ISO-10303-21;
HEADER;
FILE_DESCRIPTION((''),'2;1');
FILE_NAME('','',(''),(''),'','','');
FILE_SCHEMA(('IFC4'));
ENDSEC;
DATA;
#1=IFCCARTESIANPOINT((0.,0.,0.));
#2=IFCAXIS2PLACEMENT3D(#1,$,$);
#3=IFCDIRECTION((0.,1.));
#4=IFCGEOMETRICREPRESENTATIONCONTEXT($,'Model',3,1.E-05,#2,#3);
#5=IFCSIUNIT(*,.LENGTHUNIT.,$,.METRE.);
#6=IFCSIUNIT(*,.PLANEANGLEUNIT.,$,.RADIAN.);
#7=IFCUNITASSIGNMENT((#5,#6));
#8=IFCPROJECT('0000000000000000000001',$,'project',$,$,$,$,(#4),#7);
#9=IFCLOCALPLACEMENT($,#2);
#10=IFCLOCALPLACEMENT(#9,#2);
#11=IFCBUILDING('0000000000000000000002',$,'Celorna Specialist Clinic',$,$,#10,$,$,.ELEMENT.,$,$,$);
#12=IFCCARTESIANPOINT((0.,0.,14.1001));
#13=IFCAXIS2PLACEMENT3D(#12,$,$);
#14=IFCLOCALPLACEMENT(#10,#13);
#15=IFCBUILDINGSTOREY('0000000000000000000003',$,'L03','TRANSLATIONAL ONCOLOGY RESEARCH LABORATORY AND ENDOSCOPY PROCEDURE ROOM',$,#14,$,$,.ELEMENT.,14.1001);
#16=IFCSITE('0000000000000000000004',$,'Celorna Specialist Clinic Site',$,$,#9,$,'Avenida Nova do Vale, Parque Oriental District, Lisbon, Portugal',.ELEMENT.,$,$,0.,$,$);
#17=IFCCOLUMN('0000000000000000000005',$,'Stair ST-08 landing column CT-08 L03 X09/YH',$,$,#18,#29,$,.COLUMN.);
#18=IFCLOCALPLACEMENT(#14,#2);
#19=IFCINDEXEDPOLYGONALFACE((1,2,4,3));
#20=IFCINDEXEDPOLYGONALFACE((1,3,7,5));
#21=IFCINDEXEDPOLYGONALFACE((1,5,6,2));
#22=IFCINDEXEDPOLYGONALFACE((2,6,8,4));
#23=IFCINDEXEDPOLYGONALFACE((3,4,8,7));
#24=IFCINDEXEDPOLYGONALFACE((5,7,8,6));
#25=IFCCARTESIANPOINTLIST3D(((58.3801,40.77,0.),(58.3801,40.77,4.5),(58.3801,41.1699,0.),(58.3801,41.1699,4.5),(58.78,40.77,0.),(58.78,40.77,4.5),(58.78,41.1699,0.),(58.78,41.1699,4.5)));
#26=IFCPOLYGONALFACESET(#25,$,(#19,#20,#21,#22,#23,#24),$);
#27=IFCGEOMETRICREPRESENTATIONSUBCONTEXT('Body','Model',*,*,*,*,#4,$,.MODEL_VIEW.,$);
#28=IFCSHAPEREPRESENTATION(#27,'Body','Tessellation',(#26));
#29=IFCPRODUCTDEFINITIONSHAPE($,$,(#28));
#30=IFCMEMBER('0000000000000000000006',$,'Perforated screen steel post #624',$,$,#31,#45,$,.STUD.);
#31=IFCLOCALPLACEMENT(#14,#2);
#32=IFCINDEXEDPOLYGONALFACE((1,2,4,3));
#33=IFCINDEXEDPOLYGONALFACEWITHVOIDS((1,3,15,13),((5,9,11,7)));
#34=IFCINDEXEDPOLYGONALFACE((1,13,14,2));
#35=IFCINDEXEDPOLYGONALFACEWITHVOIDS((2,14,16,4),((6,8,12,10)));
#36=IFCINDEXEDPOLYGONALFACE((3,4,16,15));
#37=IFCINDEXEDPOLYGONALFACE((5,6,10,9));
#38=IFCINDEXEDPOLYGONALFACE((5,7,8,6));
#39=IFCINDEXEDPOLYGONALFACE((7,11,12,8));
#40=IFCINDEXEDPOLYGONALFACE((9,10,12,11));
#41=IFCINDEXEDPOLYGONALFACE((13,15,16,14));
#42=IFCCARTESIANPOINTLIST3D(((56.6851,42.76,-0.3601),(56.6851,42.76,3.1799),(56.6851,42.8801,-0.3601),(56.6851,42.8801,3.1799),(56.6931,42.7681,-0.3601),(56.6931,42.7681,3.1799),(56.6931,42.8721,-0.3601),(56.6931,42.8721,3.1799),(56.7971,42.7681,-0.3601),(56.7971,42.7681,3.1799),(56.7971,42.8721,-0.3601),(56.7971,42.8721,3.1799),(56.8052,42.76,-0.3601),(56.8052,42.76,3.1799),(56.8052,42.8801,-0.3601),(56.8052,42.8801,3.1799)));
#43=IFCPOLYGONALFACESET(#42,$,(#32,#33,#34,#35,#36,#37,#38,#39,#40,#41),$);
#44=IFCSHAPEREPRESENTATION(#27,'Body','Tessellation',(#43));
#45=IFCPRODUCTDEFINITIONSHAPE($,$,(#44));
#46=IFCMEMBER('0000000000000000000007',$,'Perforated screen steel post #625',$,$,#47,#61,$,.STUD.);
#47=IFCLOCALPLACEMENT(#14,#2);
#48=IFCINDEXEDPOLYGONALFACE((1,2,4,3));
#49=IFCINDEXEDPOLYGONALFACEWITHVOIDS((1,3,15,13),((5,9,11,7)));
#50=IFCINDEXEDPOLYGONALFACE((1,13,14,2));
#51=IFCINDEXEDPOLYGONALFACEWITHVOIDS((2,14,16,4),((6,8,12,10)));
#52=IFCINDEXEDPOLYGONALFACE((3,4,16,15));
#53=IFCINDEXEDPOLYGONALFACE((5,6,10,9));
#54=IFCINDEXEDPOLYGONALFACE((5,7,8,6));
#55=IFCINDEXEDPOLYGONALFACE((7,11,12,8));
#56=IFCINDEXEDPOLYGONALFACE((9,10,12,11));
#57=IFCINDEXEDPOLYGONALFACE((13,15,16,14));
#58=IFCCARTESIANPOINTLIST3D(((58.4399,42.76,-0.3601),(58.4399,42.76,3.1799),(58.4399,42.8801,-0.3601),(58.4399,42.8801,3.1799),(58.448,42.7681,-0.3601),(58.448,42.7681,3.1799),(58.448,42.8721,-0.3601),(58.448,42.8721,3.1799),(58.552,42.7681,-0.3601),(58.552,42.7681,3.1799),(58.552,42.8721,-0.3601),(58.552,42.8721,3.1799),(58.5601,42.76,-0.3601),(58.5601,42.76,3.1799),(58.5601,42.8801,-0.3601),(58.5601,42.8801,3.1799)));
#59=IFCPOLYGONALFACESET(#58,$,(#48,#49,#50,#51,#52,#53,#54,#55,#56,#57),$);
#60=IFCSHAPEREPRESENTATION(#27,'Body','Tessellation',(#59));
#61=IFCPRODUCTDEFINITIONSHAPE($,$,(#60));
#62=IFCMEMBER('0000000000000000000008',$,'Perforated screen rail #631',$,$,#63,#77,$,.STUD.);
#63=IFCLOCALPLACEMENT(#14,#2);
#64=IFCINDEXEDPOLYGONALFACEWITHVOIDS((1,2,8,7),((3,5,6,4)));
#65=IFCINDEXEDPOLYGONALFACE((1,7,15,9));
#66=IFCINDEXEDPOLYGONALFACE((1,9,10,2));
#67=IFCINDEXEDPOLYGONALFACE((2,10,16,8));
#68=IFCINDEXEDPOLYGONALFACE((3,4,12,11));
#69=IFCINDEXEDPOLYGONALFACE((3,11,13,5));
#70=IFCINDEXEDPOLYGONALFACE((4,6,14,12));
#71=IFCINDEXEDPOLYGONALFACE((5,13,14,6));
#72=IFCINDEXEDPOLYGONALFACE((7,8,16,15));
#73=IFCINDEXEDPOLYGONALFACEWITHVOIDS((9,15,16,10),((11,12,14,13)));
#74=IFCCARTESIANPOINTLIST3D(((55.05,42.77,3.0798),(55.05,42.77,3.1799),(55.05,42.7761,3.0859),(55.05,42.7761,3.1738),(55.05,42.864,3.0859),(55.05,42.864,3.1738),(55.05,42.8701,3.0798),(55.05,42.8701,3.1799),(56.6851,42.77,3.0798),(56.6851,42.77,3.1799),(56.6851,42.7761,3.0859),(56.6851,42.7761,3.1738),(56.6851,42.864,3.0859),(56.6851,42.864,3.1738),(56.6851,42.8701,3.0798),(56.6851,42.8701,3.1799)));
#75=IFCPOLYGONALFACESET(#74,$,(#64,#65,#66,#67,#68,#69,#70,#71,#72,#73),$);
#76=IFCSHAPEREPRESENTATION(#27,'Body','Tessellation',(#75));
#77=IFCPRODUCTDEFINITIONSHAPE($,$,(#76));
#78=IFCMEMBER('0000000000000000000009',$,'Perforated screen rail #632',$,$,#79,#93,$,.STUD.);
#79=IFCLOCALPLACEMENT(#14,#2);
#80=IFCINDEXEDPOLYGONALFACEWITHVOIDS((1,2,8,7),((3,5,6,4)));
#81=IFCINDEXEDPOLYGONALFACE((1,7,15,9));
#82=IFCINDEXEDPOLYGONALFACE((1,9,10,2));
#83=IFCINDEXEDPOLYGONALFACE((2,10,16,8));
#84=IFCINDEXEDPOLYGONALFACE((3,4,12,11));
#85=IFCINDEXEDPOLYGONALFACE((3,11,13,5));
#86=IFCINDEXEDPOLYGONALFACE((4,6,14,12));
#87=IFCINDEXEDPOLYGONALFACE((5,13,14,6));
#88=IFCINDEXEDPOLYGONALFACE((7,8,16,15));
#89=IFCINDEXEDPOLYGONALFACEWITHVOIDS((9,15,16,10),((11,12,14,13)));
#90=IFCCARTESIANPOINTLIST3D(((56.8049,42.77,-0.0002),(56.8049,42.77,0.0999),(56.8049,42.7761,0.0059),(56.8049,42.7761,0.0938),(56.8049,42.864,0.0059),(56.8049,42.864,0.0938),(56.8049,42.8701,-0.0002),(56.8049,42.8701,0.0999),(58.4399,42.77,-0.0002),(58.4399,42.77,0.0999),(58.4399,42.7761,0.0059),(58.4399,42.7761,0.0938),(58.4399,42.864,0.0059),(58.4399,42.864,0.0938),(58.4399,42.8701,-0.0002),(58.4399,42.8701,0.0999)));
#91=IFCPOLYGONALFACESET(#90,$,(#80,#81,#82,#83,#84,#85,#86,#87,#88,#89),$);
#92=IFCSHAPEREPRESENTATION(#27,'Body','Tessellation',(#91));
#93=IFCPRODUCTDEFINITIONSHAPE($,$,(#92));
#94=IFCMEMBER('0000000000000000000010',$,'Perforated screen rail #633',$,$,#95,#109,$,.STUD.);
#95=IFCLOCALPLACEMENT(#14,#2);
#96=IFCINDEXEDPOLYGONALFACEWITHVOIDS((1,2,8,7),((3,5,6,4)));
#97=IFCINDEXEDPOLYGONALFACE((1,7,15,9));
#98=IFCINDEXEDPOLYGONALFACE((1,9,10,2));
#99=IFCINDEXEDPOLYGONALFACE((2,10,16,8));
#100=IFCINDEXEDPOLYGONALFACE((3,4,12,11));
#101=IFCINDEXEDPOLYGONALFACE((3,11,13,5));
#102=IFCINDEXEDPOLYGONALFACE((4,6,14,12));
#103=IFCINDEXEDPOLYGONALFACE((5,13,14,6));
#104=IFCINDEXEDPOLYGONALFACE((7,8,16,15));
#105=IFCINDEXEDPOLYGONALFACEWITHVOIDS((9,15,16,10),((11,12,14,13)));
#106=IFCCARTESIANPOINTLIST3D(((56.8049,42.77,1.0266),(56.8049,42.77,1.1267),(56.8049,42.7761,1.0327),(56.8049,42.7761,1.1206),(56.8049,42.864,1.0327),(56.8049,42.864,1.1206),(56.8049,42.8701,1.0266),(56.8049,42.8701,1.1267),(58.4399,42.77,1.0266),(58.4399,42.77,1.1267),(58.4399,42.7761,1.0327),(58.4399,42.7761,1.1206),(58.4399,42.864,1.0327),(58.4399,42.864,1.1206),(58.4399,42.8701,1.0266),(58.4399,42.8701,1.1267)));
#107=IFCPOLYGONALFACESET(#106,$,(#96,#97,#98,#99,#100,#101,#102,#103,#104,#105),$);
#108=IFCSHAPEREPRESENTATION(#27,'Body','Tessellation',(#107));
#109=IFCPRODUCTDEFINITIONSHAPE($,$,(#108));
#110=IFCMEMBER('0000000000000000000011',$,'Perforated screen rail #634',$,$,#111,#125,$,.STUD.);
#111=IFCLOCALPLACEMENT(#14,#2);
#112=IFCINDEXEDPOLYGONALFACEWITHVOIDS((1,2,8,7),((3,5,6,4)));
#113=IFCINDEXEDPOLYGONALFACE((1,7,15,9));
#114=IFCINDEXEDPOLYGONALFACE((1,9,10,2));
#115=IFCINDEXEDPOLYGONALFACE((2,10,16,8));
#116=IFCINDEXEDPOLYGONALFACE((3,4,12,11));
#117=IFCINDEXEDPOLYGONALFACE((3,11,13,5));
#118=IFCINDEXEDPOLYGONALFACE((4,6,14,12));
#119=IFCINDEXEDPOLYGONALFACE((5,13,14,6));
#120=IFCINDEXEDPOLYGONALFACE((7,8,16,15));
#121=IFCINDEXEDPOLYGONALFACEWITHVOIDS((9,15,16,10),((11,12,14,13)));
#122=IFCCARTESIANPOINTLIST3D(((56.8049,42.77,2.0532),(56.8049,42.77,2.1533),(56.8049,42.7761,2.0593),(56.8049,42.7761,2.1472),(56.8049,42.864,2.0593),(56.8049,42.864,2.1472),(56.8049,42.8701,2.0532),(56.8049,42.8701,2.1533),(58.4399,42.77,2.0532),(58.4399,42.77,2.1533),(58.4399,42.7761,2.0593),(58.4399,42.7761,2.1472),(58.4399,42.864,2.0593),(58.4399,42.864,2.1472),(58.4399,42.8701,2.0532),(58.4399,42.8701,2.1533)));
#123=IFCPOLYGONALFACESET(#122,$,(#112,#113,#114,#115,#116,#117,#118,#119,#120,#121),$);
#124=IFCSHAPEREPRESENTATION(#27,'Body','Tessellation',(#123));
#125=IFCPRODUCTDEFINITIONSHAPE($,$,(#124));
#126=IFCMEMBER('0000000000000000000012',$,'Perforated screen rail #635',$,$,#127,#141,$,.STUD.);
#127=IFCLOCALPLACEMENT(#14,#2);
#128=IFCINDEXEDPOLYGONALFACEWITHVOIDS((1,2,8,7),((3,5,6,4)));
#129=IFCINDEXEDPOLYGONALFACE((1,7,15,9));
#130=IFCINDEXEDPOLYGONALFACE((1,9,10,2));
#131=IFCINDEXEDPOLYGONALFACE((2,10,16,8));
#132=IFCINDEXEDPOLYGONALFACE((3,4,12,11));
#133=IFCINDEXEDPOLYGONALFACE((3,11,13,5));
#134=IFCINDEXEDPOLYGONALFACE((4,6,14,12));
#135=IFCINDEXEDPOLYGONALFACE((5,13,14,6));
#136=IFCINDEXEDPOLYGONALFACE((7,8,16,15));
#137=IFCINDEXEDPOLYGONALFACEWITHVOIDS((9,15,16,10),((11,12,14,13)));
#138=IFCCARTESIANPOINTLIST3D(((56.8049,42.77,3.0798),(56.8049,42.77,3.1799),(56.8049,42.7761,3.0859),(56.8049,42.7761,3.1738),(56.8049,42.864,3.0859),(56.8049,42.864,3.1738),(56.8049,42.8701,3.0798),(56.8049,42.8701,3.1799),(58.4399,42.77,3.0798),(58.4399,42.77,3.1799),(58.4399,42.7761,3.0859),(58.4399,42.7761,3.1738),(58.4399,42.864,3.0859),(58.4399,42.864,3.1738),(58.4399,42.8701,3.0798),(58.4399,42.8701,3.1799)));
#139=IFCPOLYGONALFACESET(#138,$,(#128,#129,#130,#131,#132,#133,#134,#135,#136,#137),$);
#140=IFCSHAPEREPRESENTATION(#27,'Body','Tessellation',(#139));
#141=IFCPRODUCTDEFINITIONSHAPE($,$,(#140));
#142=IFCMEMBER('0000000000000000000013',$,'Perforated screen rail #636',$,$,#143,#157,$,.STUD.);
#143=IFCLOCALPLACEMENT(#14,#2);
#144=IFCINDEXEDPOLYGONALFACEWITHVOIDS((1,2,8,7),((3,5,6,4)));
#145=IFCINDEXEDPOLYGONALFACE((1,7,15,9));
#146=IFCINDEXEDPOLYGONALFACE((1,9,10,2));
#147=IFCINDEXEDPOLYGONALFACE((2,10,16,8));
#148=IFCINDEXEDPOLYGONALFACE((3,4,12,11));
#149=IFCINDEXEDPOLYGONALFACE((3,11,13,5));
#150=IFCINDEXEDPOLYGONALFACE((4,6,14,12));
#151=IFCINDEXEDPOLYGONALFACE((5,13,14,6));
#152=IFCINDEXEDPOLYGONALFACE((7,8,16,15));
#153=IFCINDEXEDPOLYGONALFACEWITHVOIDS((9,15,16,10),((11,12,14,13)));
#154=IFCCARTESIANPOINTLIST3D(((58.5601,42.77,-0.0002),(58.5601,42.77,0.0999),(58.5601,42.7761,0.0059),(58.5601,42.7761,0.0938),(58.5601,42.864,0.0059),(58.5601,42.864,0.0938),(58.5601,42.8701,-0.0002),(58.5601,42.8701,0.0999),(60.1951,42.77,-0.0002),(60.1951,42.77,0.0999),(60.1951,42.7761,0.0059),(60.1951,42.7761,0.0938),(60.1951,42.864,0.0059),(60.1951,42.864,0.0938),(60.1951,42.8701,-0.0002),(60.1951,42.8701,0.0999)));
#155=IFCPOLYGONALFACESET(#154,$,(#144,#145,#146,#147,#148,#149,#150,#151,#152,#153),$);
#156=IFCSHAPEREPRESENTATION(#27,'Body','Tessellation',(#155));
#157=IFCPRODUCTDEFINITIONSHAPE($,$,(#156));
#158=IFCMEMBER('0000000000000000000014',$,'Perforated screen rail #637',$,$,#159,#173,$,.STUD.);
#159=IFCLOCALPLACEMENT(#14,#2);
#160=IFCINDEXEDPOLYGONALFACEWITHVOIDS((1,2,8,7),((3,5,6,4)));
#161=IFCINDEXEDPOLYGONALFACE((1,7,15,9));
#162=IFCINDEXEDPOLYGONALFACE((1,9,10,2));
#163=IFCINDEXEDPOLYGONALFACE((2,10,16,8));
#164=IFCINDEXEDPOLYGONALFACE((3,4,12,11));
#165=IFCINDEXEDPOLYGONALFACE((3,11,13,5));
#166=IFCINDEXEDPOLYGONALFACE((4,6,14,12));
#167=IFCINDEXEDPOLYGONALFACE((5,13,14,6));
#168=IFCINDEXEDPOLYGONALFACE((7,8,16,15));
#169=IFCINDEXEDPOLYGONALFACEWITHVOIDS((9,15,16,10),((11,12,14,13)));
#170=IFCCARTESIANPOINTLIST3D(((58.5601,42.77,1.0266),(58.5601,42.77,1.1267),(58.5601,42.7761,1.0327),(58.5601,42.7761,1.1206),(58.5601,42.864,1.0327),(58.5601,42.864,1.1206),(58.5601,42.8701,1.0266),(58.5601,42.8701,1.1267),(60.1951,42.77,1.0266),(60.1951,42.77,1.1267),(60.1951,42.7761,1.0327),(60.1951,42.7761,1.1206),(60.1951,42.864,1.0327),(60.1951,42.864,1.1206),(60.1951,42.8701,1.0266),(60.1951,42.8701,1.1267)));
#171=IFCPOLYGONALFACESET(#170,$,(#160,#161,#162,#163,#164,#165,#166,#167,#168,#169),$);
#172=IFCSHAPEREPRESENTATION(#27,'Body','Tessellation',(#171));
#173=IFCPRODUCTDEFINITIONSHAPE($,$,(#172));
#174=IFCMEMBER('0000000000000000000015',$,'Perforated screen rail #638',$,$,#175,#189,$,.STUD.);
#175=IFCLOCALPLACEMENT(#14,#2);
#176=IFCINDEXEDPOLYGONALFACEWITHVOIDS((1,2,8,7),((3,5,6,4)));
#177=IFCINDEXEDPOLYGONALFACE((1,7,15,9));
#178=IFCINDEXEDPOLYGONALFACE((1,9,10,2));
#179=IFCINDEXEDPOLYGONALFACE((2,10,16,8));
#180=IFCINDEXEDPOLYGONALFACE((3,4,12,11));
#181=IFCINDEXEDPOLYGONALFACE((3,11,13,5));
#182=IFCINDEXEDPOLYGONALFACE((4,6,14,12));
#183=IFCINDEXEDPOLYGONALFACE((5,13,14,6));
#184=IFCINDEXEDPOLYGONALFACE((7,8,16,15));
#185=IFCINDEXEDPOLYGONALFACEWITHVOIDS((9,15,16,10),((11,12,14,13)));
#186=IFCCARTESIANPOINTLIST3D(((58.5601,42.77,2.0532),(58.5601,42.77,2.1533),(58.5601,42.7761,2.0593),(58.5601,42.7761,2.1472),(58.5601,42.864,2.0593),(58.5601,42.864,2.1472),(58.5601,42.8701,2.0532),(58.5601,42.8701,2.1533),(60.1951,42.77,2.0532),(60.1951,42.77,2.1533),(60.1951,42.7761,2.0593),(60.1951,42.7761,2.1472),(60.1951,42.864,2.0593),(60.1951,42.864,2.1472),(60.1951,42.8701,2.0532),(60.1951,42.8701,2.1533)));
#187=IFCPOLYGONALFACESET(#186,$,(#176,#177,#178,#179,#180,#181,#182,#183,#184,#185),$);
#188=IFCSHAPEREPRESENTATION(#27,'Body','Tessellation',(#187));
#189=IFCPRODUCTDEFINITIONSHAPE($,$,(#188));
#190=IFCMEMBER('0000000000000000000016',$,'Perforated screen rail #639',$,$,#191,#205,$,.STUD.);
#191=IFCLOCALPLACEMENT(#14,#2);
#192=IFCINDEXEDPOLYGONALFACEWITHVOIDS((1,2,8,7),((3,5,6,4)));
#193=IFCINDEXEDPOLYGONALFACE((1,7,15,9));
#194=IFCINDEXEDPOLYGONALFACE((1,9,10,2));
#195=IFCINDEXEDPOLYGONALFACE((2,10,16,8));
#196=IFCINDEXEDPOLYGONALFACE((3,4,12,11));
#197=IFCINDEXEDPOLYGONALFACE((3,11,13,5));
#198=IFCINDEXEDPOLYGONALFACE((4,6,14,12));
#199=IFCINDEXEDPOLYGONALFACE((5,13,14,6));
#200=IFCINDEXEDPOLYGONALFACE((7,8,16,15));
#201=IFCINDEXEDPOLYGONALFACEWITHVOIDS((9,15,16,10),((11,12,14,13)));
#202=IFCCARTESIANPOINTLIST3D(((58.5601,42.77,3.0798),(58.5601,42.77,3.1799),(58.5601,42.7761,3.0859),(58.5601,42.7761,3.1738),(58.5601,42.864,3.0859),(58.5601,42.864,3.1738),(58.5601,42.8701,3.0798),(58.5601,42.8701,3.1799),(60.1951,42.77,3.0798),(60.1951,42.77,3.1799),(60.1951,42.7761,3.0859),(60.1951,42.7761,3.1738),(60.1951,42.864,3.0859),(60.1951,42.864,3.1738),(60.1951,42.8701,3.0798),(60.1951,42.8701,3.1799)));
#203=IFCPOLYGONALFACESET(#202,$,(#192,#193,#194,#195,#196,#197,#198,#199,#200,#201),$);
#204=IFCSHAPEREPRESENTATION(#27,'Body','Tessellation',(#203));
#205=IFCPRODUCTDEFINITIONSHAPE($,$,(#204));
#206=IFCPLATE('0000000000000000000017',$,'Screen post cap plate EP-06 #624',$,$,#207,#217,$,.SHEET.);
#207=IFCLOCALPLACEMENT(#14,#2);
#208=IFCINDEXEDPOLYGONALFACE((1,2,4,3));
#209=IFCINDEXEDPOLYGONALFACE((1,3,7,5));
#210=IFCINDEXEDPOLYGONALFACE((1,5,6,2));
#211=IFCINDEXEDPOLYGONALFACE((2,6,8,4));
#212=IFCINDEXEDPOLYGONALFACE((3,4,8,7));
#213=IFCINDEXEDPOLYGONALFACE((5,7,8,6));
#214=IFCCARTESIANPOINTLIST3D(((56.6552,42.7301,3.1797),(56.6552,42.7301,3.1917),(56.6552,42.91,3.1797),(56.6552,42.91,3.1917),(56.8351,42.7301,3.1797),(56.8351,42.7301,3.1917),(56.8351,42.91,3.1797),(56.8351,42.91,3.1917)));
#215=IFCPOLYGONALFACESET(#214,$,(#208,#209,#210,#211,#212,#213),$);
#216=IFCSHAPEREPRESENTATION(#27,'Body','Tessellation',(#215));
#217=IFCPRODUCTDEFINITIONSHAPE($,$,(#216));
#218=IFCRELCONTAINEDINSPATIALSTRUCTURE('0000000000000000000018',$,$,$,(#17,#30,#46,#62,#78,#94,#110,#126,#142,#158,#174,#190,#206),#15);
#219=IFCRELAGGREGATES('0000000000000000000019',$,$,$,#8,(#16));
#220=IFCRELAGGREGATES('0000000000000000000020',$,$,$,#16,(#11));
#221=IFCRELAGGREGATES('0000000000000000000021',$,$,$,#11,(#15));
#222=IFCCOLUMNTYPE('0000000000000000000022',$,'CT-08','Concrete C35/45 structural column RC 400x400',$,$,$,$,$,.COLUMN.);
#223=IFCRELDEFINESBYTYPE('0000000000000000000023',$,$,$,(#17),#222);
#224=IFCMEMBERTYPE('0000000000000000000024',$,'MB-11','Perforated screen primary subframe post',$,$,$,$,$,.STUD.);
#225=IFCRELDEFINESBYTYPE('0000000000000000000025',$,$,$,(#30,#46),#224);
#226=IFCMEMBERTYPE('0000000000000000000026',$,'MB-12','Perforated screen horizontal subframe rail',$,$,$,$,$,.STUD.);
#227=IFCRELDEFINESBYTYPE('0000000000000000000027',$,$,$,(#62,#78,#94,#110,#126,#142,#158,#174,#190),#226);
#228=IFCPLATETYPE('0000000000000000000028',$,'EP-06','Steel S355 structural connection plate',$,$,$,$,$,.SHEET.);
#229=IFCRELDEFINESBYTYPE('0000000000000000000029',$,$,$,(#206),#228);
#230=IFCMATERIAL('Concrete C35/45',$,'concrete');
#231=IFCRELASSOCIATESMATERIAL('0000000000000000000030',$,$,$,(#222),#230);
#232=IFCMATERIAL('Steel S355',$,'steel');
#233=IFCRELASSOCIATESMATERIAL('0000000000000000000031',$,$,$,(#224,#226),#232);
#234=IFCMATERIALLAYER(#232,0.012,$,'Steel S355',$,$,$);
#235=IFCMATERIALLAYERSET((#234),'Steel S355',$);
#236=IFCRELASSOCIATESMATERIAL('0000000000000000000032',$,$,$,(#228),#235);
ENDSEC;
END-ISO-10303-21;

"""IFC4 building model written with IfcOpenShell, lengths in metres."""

from ifc_helpers import new_model, si_unit, direction, frame, origin, origin_2d, place, context, subcontext, project, spatial, rectangle, hollow_rectangle, extrude, material, layer, layer_set, material_profile, profile_set, type_object, element, save


model = new_model("IFC4")

# Units and contexts
model_context = context("Model", 3, precision=1e-05, world=origin(), true_north=direction((0.0, 1.0)))
body_context = subcontext(model_context, "Body", "Model", "MODEL_VIEW")
ifc_project = project(units=[si_unit("LENGTHUNIT", "METRE"), si_unit("PLANEANGLEUNIT", "RADIAN")], contexts=[model_context])

# Site, building, storey
site_placement = place(None, origin())
site = spatial("IfcSite", under=ifc_project, at=site_placement, Name="Celorna Specialist Clinic Site", LongName="Avenida Nova do Vale, Parque Oriental District, Lisbon, Portugal", CompositionType="ELEMENT", RefElevation=0.0)
building_placement = place(site_placement, origin())
building = spatial("IfcBuilding", under=site, at=building_placement, Name="Celorna Specialist Clinic", CompositionType="ELEMENT")
storey_placement = place(building_placement, frame((0.0, 0.0, 14.1001)))
storey = spatial("IfcBuildingStorey", under=building, at=storey_placement, Name="L03", Description="TRANSLATIONAL ONCOLOGY RESEARCH LABORATORY AND ENDOSCOPY PROCEDURE ROOM", CompositionType="ELEMENT", Elevation=14.1001)

# Column
ifc_material_1 = material(Name="Concrete C35/45", Category="concrete")
ifc_material_profile_1 = material_profile(ifc_material_1, rectangle(XDim=0.3999, YDim=0.3999, at=origin_2d()), Name="RC 400x400")
ifc_profile_set_1 = profile_set([ifc_material_profile_1], Name="Concrete C35/45")
column_type = type_object("IfcColumnType", Name="CT-08", Description="Concrete C35/45 structural column RC 400x400", PredefinedType="COLUMN", material=ifc_profile_set_1)
column_placement = place(storey_placement, frame((58.5801, 40.97, 0.0), z_axis=(0.0, 0.0, 1.0), x_axis=(1.0, 0.0, 0.0)))
element("IfcColumn", 1, at=column_placement, inside=storey, type_object=column_type, Name="Stair ST-08 landing column CT-08 L03 X09/YH", PredefinedType="COLUMN", context=body_context, shape_type="SweptSolid", body=[
    extrude(rectangle(XDim=0.3999, YDim=0.3999, at=origin_2d()), origin(), (0.0, 0.0, 1.0), 4.5),
])

# Members
ifc_material_2 = material(Name="Steel S355", Category="steel")
ifc_material_profile_2 = material_profile(ifc_material_2, hollow_rectangle(XDim=0.1201, YDim=0.1201, WallThickness=0.0081, at=origin_2d()), Name="SHS 120x120x8")
ifc_profile_set_2 = profile_set([ifc_material_profile_2], Name="Steel S355")
member_type_1 = type_object("IfcMemberType", Name="MB-11", Description="Perforated screen primary subframe post", PredefinedType="STUD", material=ifc_profile_set_2)
for number, where, z_axis, x_axis, name in (
    (2, (56.7451, 42.8201, -0.3601), (0.0, 0.0, 1.0), (1.0, 0.0, 0.0), "Perforated screen steel post #624"),
    (3, (58.5, 42.8201, -0.3601), (0.0, 0.0, 1.0), (1.0, 0.0, 0.0), "Perforated screen steel post #625"),
):
    element("IfcMember", number, at=place(storey_placement, frame(where, z_axis=z_axis, x_axis=x_axis)), inside=storey, type_object=member_type_1, Name=name, PredefinedType="STUD", context=body_context, shape_type="SweptSolid", body=[
        extrude(hollow_rectangle(XDim=0.1201, YDim=0.1201, WallThickness=0.0081, at=origin_2d()), origin(), (0.0, 0.0, 1.0), 3.54),
    ])
ifc_material_profile_3 = material_profile(ifc_material_2, hollow_rectangle(XDim=0.1001, YDim=0.1001, WallThickness=0.0061, at=origin_2d()), Name="SHS 100x100x6")
ifc_profile_set_3 = profile_set([ifc_material_profile_3], Name="Steel S355")
member_type_2 = type_object("IfcMemberType", Name="MB-12", Description="Perforated screen horizontal subframe rail", PredefinedType="STUD", material=ifc_profile_set_3)
for number, where, z_axis, x_axis, name in (
    (4, (55.05, 42.8201, 3.1299), (1.0, 0.0, 0.0), (0.0, 1.0, 0.0), "Perforated screen rail #631"),
    (5, (56.8049, 42.8201, 0.0498), (1.0, 0.0, 0.0), (0.0, 1.0, 0.0), "Perforated screen rail #632"),
    (6, (56.8049, 42.8201, 1.0767), (1.0, 0.0, 0.0), (0.0, 1.0, 0.0), "Perforated screen rail #633"),
    (7, (56.8049, 42.8201, 2.1033), (1.0, 0.0, 0.0), (0.0, 1.0, 0.0), "Perforated screen rail #634"),
    (8, (56.8049, 42.8201, 3.1299), (1.0, 0.0, 0.0), (0.0, 1.0, 0.0), "Perforated screen rail #635"),
    (9, (58.5601, 42.8201, 0.0498), (1.0, 0.0, 0.0), (0.0, 1.0, 0.0), "Perforated screen rail #636"),
    (10, (58.5601, 42.8201, 1.0767), (1.0, 0.0, 0.0), (0.0, 1.0, 0.0), "Perforated screen rail #637"),
    (11, (58.5601, 42.8201, 2.1033), (1.0, 0.0, 0.0), (0.0, 1.0, 0.0), "Perforated screen rail #638"),
    (12, (58.5601, 42.8201, 3.1299), (1.0, 0.0, 0.0), (0.0, 1.0, 0.0), "Perforated screen rail #639"),
):
    element("IfcMember", number, at=place(storey_placement, frame(where, z_axis=z_axis, x_axis=x_axis)), inside=storey, type_object=member_type_2, Name=name, PredefinedType="STUD", context=body_context, shape_type="SweptSolid", body=[
        extrude(hollow_rectangle(XDim=0.1001, YDim=0.1001, WallThickness=0.0061, at=origin_2d()), origin(), (0.0, 0.0, 1.0), 1.635),
    ])

# Plate
ifc_layer_1 = layer(ifc_material_2, 0.012, Name="Steel S355")
ifc_layer_set_1 = layer_set([ifc_layer_1], Name="Steel S355")
plate_type_1 = type_object("IfcPlateType", Name="EP-06", Description="Steel S355 structural connection plate", PredefinedType="SHEET", material=ifc_layer_set_1)
plate_1_placement = place(storey_placement, frame((56.7451, 42.8201, 3.1797), z_axis=(0.0, 0.0, 1.0), x_axis=(1.0, 0.0, 0.0)))
element("IfcPlate", 13, at=plate_1_placement, inside=storey, type_object=plate_type_1, Name="Screen post cap plate EP-06 #624", PredefinedType="SHEET", context=body_context, shape_type="SweptSolid", body=[
    extrude(rectangle(XDim=0.1799, YDim=0.1799, at=origin_2d()), origin(), (0.0, 0.0, 1.0), 0.012),
])

save(model, "model.ifc")
